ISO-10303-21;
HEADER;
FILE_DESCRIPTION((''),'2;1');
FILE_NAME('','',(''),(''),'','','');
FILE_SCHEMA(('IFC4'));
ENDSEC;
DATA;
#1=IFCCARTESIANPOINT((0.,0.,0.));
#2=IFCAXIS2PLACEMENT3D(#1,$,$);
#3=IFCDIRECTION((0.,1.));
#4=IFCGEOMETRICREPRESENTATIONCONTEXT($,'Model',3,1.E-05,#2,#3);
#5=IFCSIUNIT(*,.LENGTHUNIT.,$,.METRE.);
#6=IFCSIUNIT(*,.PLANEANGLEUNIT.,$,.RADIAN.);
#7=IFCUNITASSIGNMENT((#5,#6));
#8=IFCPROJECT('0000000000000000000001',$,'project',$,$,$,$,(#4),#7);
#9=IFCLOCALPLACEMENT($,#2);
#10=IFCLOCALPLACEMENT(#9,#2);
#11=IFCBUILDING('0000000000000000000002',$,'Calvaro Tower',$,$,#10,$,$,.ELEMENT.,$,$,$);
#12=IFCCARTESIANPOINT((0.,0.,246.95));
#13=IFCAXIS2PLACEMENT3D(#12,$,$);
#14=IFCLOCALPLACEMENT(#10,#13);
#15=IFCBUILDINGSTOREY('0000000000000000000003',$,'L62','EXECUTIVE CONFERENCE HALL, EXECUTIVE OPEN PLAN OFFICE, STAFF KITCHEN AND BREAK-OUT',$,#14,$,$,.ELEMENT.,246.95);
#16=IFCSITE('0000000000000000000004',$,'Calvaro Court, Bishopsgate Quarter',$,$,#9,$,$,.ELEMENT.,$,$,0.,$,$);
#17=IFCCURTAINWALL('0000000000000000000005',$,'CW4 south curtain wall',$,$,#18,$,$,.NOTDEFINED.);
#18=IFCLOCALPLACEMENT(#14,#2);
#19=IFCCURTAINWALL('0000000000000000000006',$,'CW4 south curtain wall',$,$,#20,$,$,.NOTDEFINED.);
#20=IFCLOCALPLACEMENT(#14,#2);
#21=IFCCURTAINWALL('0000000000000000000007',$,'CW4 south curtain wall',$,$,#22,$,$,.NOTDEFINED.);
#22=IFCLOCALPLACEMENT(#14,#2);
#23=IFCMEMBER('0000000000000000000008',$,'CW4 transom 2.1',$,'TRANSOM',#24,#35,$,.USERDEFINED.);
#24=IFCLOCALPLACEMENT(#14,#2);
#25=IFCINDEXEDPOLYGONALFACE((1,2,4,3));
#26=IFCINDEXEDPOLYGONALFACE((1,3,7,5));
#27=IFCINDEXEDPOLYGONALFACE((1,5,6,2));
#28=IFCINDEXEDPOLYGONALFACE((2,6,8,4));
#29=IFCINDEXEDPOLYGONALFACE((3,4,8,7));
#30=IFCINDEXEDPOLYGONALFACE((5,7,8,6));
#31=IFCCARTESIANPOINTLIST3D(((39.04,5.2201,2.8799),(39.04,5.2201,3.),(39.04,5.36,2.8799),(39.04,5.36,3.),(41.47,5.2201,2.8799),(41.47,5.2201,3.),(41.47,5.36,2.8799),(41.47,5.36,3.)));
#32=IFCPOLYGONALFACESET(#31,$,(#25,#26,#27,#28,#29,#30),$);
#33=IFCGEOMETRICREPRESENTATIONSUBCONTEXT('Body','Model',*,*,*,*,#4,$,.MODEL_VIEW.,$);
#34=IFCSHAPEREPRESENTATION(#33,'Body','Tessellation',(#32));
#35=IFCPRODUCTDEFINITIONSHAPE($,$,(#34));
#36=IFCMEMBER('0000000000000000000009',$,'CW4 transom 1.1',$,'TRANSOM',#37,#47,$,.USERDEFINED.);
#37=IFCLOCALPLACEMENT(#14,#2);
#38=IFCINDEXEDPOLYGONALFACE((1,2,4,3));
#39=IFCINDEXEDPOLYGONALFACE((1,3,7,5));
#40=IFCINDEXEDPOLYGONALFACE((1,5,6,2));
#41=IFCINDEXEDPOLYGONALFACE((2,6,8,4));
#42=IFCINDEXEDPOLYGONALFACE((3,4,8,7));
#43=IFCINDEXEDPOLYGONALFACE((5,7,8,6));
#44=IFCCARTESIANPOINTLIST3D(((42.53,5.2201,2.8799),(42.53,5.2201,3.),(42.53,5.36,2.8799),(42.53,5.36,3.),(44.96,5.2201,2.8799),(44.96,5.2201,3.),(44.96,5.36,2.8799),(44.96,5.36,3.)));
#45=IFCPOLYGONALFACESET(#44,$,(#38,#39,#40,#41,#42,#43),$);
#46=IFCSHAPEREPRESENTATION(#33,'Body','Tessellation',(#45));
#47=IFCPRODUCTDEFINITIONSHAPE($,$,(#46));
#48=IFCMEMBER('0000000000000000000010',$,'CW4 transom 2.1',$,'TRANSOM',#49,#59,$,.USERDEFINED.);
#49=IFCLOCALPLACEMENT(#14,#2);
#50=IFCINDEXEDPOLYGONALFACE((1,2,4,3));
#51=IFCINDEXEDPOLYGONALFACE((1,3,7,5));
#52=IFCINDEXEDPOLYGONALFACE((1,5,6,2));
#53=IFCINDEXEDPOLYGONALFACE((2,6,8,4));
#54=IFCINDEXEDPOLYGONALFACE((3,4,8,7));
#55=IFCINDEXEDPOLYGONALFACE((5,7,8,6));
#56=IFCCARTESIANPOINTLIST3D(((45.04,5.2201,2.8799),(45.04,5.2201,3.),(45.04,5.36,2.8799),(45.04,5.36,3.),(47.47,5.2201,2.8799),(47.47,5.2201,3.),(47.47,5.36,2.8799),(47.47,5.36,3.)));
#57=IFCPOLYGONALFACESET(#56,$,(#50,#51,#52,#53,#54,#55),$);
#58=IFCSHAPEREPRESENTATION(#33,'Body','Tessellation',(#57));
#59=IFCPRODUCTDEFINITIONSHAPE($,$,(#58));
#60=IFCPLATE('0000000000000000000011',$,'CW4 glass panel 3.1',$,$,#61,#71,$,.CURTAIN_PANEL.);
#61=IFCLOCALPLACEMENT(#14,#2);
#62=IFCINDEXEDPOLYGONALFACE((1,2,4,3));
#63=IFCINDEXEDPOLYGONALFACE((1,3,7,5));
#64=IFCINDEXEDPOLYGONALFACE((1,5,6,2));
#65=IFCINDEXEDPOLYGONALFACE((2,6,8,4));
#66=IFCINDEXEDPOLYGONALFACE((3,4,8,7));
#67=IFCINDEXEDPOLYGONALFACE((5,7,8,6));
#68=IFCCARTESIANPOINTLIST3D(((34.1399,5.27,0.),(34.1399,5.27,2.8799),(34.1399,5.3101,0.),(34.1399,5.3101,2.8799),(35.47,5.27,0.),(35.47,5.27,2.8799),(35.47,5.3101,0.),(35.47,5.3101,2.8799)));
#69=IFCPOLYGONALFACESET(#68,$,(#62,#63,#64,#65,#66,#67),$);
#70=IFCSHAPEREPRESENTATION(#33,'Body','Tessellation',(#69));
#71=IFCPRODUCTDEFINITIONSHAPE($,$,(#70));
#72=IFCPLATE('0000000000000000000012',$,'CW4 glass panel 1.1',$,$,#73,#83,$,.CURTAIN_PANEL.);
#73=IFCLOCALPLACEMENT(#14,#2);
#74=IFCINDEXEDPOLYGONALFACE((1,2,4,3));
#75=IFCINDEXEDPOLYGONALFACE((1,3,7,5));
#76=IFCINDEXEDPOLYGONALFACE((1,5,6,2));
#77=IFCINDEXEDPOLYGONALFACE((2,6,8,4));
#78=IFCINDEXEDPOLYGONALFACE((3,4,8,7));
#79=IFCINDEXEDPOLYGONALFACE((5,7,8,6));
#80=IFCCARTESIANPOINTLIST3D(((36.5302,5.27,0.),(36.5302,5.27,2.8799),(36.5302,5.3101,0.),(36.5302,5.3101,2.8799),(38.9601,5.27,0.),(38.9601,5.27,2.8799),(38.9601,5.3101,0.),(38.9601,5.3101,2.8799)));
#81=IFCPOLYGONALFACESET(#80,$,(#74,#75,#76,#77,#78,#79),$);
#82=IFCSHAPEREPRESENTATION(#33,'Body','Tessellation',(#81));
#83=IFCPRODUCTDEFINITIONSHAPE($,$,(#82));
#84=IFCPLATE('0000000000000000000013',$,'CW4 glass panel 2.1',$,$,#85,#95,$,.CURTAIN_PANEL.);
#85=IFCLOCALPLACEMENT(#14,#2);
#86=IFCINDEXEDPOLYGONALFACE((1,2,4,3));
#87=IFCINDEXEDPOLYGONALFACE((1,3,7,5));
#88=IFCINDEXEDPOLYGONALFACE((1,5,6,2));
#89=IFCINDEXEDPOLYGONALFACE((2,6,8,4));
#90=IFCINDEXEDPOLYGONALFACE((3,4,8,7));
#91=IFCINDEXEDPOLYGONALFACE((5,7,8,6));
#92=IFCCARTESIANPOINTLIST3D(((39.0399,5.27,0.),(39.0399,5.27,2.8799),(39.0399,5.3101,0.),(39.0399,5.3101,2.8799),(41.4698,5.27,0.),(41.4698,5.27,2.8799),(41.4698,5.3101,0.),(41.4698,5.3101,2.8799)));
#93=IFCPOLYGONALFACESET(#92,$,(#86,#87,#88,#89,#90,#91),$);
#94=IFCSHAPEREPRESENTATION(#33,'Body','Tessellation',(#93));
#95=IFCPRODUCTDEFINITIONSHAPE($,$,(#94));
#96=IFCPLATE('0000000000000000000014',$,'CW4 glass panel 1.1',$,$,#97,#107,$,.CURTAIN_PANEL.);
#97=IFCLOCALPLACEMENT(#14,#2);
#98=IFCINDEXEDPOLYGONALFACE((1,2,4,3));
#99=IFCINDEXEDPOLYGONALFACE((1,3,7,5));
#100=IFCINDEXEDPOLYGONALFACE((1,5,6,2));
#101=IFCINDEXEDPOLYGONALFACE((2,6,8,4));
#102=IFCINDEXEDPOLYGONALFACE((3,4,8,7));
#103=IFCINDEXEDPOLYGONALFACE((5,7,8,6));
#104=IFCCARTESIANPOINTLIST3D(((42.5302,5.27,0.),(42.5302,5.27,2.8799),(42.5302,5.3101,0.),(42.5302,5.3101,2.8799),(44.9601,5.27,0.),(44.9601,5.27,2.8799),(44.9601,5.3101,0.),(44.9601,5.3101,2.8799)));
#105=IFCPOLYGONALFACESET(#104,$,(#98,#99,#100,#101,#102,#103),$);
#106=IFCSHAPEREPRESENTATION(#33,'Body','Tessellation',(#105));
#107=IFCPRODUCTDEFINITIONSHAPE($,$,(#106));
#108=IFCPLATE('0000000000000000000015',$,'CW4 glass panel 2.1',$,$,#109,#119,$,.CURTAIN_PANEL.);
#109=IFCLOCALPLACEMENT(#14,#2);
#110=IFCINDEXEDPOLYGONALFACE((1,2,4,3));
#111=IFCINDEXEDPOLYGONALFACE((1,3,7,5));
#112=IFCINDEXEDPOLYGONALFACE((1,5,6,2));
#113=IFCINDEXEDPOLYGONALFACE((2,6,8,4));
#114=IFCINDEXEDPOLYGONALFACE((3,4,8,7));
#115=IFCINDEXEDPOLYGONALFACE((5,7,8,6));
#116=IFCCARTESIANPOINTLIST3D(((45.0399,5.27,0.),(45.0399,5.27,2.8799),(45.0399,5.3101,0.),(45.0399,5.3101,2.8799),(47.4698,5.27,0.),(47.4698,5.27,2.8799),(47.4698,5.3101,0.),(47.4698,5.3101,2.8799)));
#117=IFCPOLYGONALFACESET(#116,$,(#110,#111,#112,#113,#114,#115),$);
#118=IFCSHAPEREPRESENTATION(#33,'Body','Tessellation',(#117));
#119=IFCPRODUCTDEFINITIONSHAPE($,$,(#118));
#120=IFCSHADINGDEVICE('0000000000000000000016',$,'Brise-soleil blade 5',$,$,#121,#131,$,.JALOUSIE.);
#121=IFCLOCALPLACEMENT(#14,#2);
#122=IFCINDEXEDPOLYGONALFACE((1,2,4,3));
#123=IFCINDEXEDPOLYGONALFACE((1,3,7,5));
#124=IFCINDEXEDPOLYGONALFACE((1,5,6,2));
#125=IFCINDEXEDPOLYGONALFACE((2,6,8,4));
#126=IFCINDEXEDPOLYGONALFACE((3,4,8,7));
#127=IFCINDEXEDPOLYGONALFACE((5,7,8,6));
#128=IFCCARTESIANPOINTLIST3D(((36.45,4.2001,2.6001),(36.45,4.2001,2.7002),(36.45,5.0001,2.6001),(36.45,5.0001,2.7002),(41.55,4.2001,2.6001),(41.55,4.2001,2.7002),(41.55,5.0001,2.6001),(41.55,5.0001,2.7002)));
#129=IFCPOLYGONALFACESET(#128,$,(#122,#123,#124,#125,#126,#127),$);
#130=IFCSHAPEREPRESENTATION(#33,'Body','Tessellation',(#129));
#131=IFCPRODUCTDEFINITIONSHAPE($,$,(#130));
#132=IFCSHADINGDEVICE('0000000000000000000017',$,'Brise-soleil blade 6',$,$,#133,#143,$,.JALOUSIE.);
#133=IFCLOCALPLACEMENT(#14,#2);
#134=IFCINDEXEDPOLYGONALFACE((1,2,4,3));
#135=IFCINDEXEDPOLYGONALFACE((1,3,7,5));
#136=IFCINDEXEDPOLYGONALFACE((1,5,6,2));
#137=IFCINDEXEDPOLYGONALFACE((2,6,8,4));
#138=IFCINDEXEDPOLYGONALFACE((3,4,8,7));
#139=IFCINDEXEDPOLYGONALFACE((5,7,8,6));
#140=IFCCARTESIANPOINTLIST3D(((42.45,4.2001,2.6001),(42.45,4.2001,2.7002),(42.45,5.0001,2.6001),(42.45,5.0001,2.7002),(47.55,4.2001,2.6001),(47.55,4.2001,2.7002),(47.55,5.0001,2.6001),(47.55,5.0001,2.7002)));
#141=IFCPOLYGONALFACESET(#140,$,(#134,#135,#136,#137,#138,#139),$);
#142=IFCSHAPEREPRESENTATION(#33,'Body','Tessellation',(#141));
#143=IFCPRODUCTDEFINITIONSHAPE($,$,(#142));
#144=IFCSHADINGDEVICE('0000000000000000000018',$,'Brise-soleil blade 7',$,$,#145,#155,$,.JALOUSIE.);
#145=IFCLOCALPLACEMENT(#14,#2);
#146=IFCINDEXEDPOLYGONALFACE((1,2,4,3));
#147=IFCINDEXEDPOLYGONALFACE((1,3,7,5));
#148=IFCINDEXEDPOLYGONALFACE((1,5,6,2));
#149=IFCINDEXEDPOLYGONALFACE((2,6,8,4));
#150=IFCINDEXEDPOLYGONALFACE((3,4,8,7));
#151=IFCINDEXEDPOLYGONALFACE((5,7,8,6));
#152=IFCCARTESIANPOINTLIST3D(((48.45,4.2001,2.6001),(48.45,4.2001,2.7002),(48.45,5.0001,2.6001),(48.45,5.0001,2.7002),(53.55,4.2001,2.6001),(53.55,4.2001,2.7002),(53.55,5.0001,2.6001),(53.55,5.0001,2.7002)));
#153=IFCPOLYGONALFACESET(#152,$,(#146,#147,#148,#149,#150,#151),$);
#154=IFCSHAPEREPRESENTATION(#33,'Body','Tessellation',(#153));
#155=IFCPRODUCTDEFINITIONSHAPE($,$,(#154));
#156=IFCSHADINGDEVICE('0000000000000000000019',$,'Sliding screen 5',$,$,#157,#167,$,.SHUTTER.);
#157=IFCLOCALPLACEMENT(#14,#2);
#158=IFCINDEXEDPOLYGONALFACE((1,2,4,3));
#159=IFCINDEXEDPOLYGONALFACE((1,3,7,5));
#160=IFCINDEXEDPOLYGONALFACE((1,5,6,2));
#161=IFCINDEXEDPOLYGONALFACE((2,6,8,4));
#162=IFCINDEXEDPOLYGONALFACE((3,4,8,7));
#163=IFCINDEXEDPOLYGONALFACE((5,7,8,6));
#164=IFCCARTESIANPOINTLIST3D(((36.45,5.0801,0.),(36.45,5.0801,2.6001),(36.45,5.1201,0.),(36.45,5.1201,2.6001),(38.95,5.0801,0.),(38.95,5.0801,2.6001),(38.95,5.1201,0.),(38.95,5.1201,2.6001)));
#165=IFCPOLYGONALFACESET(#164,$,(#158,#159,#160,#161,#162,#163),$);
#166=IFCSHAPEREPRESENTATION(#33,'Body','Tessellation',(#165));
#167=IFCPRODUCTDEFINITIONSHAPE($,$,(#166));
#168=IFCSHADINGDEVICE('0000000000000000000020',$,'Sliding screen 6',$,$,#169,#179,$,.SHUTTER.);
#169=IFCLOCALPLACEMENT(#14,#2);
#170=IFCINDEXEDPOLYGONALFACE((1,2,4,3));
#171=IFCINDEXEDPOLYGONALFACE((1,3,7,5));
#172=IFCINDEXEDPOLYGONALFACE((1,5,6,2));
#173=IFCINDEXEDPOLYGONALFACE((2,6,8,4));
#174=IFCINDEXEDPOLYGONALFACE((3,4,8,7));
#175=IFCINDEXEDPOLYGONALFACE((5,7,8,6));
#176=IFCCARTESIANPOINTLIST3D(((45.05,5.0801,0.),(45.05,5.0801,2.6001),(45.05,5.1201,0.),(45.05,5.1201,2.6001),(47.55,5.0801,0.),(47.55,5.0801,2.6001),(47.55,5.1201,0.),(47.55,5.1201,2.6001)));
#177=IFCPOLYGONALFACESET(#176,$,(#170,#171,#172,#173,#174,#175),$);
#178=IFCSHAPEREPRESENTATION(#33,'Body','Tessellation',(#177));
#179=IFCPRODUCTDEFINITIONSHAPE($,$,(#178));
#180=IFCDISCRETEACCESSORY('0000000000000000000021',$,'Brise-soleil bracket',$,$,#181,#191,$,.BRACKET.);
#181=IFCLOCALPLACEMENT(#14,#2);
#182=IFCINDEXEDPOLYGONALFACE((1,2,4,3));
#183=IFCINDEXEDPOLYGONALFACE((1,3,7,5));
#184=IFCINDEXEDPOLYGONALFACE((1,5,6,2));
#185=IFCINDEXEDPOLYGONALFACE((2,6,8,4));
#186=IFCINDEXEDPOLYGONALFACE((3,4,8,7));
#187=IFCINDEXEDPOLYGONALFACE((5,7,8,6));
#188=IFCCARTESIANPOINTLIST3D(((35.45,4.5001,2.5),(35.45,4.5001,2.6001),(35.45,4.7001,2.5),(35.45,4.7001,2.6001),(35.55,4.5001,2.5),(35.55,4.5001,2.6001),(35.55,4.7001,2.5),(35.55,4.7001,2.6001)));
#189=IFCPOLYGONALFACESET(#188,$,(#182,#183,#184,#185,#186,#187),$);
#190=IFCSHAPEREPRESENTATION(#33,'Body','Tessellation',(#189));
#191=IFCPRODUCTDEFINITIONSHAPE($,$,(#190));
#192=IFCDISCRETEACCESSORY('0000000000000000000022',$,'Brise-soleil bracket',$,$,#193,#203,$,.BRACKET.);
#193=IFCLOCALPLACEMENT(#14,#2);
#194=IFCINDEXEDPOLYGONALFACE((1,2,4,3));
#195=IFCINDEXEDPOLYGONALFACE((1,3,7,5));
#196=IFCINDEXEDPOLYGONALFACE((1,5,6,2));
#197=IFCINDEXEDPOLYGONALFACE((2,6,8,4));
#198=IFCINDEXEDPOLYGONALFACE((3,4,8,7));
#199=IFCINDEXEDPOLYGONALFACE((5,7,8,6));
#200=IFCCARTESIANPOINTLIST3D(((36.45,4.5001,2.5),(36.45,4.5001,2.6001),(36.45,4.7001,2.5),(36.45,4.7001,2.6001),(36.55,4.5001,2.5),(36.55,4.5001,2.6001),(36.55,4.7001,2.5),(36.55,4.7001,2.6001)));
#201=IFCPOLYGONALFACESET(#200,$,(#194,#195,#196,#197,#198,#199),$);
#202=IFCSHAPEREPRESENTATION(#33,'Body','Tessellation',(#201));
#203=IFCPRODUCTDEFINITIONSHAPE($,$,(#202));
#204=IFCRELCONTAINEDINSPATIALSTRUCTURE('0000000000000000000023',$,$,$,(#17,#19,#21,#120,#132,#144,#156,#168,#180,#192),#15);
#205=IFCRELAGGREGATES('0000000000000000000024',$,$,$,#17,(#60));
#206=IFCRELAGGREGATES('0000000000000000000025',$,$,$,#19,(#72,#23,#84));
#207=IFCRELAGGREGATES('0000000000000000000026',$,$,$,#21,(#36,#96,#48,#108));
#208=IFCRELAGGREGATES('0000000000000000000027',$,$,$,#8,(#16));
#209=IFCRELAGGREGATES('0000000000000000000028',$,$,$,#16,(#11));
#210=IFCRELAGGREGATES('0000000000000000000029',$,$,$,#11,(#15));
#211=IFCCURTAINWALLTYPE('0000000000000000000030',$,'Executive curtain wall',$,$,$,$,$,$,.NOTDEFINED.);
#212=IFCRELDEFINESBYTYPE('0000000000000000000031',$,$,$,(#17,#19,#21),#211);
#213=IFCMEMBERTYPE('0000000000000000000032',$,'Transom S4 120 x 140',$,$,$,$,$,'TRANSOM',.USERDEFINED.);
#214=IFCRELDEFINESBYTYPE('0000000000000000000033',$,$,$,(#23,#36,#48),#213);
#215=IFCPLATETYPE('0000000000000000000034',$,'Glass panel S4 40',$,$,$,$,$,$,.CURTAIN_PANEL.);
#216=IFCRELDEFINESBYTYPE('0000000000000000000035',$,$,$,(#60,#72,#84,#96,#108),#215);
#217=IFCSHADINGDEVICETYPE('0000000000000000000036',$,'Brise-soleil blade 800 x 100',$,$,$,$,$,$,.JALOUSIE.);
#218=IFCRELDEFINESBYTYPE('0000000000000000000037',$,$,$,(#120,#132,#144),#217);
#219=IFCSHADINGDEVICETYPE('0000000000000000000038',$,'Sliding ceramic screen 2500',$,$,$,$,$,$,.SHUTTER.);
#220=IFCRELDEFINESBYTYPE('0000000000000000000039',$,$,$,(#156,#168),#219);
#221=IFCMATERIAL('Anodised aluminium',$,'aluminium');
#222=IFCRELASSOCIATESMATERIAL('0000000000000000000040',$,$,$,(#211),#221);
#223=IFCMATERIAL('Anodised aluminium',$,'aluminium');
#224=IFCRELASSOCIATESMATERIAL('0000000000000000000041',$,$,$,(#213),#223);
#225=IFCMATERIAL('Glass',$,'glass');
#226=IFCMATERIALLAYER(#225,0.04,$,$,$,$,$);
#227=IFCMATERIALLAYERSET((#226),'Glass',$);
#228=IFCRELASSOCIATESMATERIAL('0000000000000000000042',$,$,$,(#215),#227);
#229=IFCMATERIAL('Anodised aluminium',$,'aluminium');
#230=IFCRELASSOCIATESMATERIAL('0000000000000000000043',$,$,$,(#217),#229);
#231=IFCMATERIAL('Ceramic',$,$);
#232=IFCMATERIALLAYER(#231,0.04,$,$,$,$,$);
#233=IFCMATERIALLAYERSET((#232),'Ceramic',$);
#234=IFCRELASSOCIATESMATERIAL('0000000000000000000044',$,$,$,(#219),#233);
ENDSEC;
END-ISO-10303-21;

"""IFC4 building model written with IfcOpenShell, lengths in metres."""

from ifc_helpers import new_model, si_unit, direction, frame, origin, origin_2d, place, context, subcontext, project, spatial, rectangle, extrude, material, layer, layer_set, material_profile, profile_set, type_object, element, aggregate, save


model = new_model("IFC4")

# Units and contexts
model_context = context("Model", 3, precision=1e-05, world=origin(), true_north=direction((0.0, 1.0)))
body_context = subcontext(model_context, "Body", "Model", "MODEL_VIEW")
ifc_project = project(units=[si_unit("LENGTHUNIT", "METRE"), si_unit("PLANEANGLEUNIT", "RADIAN")], contexts=[model_context])

# Site, building, storey
site_placement = place(None, origin())
site = spatial("IfcSite", under=ifc_project, at=site_placement, Name="Calvaro Court, Bishopsgate Quarter", CompositionType="ELEMENT", RefElevation=0.0)
building_placement = place(site_placement, origin())
building = spatial("IfcBuilding", under=site, at=building_placement, Name="Calvaro Tower", CompositionType="ELEMENT")
storey_placement = place(building_placement, frame((0.0, 0.0, 246.95)))
storey = spatial("IfcBuildingStorey", under=building, at=storey_placement, Name="L62", Description="EXECUTIVE CONFERENCE HALL, EXECUTIVE OPEN PLAN OFFICE, STAFF KITCHEN AND BREAK-OUT", CompositionType="ELEMENT", Elevation=246.95)

# Curtain wall
ifc_material_1 = material(Name="Anodised aluminium", Category="aluminium")
curtain_wall_type = type_object("IfcCurtainWallType", Name="Executive curtain wall", PredefinedType="NOTDEFINED", material=ifc_material_1)
curtain_wall_1_placement = place(storey_placement, origin())
curtain_wall_1 = element("IfcCurtainWall", 1, at=curtain_wall_1_placement, inside=storey, type_object=curtain_wall_type, Name="CW4 south curtain wall", PredefinedType="NOTDEFINED")

# Curtain walls
curtain_wall_2_placement = place(storey_placement, origin())
curtain_wall_2 = element("IfcCurtainWall", 2, at=curtain_wall_2_placement, inside=storey, type_object=curtain_wall_type, Name="CW4 south curtain wall", PredefinedType="NOTDEFINED")
curtain_wall_3_placement = place(storey_placement, origin())
curtain_wall_3 = element("IfcCurtainWall", 3, at=curtain_wall_3_placement, inside=storey, type_object=curtain_wall_type, Name="CW4 south curtain wall", PredefinedType="NOTDEFINED")

# Members
ifc_material_2 = material(Name="Anodised aluminium", Category="aluminium")
ifc_material_profile_1 = material_profile(ifc_material_2, rectangle(XDim=0.1399, YDim=0.1201, at=origin_2d()), Name="Transom S4 120 x 140")
ifc_profile_set_1 = profile_set([ifc_material_profile_1], Name="Anodised aluminium")
member_type_1 = type_object("IfcMemberType", Name="Transom S4 120 x 140", ElementType="TRANSOM", PredefinedType="USERDEFINED", material=ifc_profile_set_1)
member_1_placement = place(storey_placement, frame((39.04, 5.29, 2.9399), z_axis=(1.0, 0.0, 0.0), x_axis=(0.0, 1.0, 0.0)))
member_1 = element("IfcMember", 4, at=member_1_placement, type_object=member_type_1, Name="CW4 transom 2.1", ObjectType="TRANSOM", PredefinedType="USERDEFINED", context=body_context, shape_type="SweptSolid", body=[
    extrude(rectangle(XDim=0.1399, YDim=0.1201, at=origin_2d()), origin(), (0.0, 0.0, 1.0), 2.4299),
])
member_2_placement = place(storey_placement, frame((42.53, 5.29, 2.9399), z_axis=(1.0, 0.0, 0.0), x_axis=(0.0, 1.0, 0.0)))
member_2 = element("IfcMember", 5, at=member_2_placement, type_object=member_type_1, Name="CW4 transom 1.1", ObjectType="TRANSOM", PredefinedType="USERDEFINED", context=body_context, shape_type="SweptSolid", body=[
    extrude(rectangle(XDim=0.1399, YDim=0.1201, at=origin_2d()), origin(), (0.0, 0.0, 1.0), 2.4299),
])
member_3_placement = place(storey_placement, frame((45.04, 5.29, 2.9399), z_axis=(1.0, 0.0, 0.0), x_axis=(0.0, 1.0, 0.0)))
member_3 = element("IfcMember", 6, at=member_3_placement, type_object=member_type_1, Name="CW4 transom 2.1", ObjectType="TRANSOM", PredefinedType="USERDEFINED", context=body_context, shape_type="SweptSolid", body=[
    extrude(rectangle(XDim=0.1399, YDim=0.1201, at=origin_2d()), origin(), (0.0, 0.0, 1.0), 2.4299),
])

# Plates
ifc_material_3 = material(Name="Glass", Category="glass")
ifc_layer_1 = layer(ifc_material_3, 0.04)
ifc_layer_set_1 = layer_set([ifc_layer_1], Name="Glass")
plate_type = type_object("IfcPlateType", Name="Glass panel S4 40", PredefinedType="CURTAIN_PANEL", material=ifc_layer_set_1)
plate_1_placement = place(storey_placement, frame((34.8049, 5.29, 0.0), z_axis=(0.0, 0.0, 1.0), x_axis=(1.0, 0.0, 0.0)))
plate_1 = element("IfcPlate", 7, at=plate_1_placement, type_object=plate_type, Name="CW4 glass panel 3.1", PredefinedType="CURTAIN_PANEL", context=body_context, shape_type="SweptSolid", body=[
    extrude(rectangle(XDim=1.3301, YDim=0.04, at=origin_2d()), origin(), (0.0, 0.0, 1.0), 2.8799),
])
aggregate(curtain_wall_1, [plate_1])
plate_2_placement = place(storey_placement, frame((37.7451, 5.29, 0.0), z_axis=(0.0, 0.0, 1.0), x_axis=(1.0, 0.0, 0.0)))
plate_2 = element("IfcPlate", 8, at=plate_2_placement, type_object=plate_type, Name="CW4 glass panel 1.1", PredefinedType="CURTAIN_PANEL", context=body_context, shape_type="SweptSolid", body=[
    extrude(rectangle(XDim=2.4299, YDim=0.04, at=origin_2d()), origin(), (0.0, 0.0, 1.0), 2.8799),
])
plate_3_placement = place(storey_placement, frame((40.2549, 5.29, 0.0), z_axis=(0.0, 0.0, 1.0), x_axis=(1.0, 0.0, 0.0)))
plate_3 = element("IfcPlate", 9, at=plate_3_placement, type_object=plate_type, Name="CW4 glass panel 2.1", PredefinedType="CURTAIN_PANEL", context=body_context, shape_type="SweptSolid", body=[
    extrude(rectangle(XDim=2.4299, YDim=0.04, at=origin_2d()), origin(), (0.0, 0.0, 1.0), 2.8799),
])
aggregate(curtain_wall_2, [plate_2, member_1, plate_3])
plate_4_placement = place(storey_placement, frame((43.7451, 5.29, 0.0), z_axis=(0.0, 0.0, 1.0), x_axis=(1.0, 0.0, 0.0)))
plate_4 = element("IfcPlate", 10, at=plate_4_placement, type_object=plate_type, Name="CW4 glass panel 1.1", PredefinedType="CURTAIN_PANEL", context=body_context, shape_type="SweptSolid", body=[
    extrude(rectangle(XDim=2.4299, YDim=0.04, at=origin_2d()), origin(), (0.0, 0.0, 1.0), 2.8799),
])
plate_5_placement = place(storey_placement, frame((46.2549, 5.29, 0.0), z_axis=(0.0, 0.0, 1.0), x_axis=(1.0, 0.0, 0.0)))
plate_5 = element("IfcPlate", 11, at=plate_5_placement, type_object=plate_type, Name="CW4 glass panel 2.1", PredefinedType="CURTAIN_PANEL", context=body_context, shape_type="SweptSolid", body=[
    extrude(rectangle(XDim=2.4299, YDim=0.04, at=origin_2d()), origin(), (0.0, 0.0, 1.0), 2.8799),
])
aggregate(curtain_wall_3, [member_2, plate_4, member_3, plate_5])

# Shading devices
ifc_material_4 = material(Name="Anodised aluminium", Category="aluminium")
ifc_material_profile_2 = material_profile(ifc_material_4, rectangle(XDim=0.8, YDim=0.1001, at=origin_2d()), Name="Brise-soleil blade 800 x 100")
ifc_profile_set_2 = profile_set([ifc_material_profile_2], Name="Anodised aluminium")
shading_device_type_1 = type_object("IfcShadingDeviceType", Name="Brise-soleil blade 800 x 100", PredefinedType="JALOUSIE", material=ifc_profile_set_2)
for number, where, z_axis, x_axis, name in (
    (12, (36.45, 4.6001, 2.6501), (1.0, 0.0, 0.0), (0.0, 1.0, 0.0), "Brise-soleil blade 5"),
    (13, (42.45, 4.6001, 2.6501), (1.0, 0.0, 0.0), (0.0, 1.0, 0.0), "Brise-soleil blade 6"),
    (14, (48.45, 4.6001, 2.6501), (1.0, 0.0, 0.0), (0.0, 1.0, 0.0), "Brise-soleil blade 7"),
):
    element("IfcShadingDevice", number, at=place(storey_placement, frame(where, z_axis=z_axis, x_axis=x_axis)), inside=storey, type_object=shading_device_type_1, Name=name, PredefinedType="JALOUSIE", context=body_context, shape_type="SweptSolid", body=[
        extrude(rectangle(XDim=0.8, YDim=0.1001, at=origin_2d()), origin(), (0.0, 0.0, 1.0), 5.1001),
    ])
ifc_material_5 = material(Name="Ceramic")
ifc_layer_2 = layer(ifc_material_5, 0.04)
ifc_layer_set_2 = layer_set([ifc_layer_2], Name="Ceramic")
shading_device_type_2 = type_object("IfcShadingDeviceType", Name="Sliding ceramic screen 2500", PredefinedType="SHUTTER", material=ifc_layer_set_2)
for number, where, z_axis, x_axis, name in (
    (15, (37.7, 5.1001, 0.0), (0.0, 0.0, 1.0), (1.0, 0.0, 0.0), "Sliding screen 5"),
    (16, (46.3, 5.1001, 0.0), (0.0, 0.0, 1.0), (1.0, 0.0, 0.0), "Sliding screen 6"),
):
    element("IfcShadingDevice", number, at=place(storey_placement, frame(where, z_axis=z_axis, x_axis=x_axis)), inside=storey, type_object=shading_device_type_2, Name=name, PredefinedType="SHUTTER", context=body_context, shape_type="SweptSolid", body=[
        extrude(rectangle(XDim=2.5, YDim=0.04, at=origin_2d()), origin(), (0.0, 0.0, 1.0), 2.6001),
    ])

# Discrete accessories
for number, where, z_axis, x_axis, name in (
    (17, (35.5, 4.6001, 2.5), (0.0, 0.0, 1.0), (1.0, 0.0, 0.0), "Brise-soleil bracket"),
    (18, (36.5, 4.6001, 2.5), (0.0, 0.0, 1.0), (1.0, 0.0, 0.0), "Brise-soleil bracket"),
):
    element("IfcDiscreteAccessory", number, at=place(storey_placement, frame(where, z_axis=z_axis, x_axis=x_axis)), inside=storey, Name=name, PredefinedType="BRACKET", context=body_context, shape_type="SweptSolid", body=[
        extrude(rectangle(XDim=0.1001, YDim=0.2, at=origin_2d()), origin(), (0.0, 0.0, 1.0), 0.1001),
    ])

save(model, "model.ifc")
